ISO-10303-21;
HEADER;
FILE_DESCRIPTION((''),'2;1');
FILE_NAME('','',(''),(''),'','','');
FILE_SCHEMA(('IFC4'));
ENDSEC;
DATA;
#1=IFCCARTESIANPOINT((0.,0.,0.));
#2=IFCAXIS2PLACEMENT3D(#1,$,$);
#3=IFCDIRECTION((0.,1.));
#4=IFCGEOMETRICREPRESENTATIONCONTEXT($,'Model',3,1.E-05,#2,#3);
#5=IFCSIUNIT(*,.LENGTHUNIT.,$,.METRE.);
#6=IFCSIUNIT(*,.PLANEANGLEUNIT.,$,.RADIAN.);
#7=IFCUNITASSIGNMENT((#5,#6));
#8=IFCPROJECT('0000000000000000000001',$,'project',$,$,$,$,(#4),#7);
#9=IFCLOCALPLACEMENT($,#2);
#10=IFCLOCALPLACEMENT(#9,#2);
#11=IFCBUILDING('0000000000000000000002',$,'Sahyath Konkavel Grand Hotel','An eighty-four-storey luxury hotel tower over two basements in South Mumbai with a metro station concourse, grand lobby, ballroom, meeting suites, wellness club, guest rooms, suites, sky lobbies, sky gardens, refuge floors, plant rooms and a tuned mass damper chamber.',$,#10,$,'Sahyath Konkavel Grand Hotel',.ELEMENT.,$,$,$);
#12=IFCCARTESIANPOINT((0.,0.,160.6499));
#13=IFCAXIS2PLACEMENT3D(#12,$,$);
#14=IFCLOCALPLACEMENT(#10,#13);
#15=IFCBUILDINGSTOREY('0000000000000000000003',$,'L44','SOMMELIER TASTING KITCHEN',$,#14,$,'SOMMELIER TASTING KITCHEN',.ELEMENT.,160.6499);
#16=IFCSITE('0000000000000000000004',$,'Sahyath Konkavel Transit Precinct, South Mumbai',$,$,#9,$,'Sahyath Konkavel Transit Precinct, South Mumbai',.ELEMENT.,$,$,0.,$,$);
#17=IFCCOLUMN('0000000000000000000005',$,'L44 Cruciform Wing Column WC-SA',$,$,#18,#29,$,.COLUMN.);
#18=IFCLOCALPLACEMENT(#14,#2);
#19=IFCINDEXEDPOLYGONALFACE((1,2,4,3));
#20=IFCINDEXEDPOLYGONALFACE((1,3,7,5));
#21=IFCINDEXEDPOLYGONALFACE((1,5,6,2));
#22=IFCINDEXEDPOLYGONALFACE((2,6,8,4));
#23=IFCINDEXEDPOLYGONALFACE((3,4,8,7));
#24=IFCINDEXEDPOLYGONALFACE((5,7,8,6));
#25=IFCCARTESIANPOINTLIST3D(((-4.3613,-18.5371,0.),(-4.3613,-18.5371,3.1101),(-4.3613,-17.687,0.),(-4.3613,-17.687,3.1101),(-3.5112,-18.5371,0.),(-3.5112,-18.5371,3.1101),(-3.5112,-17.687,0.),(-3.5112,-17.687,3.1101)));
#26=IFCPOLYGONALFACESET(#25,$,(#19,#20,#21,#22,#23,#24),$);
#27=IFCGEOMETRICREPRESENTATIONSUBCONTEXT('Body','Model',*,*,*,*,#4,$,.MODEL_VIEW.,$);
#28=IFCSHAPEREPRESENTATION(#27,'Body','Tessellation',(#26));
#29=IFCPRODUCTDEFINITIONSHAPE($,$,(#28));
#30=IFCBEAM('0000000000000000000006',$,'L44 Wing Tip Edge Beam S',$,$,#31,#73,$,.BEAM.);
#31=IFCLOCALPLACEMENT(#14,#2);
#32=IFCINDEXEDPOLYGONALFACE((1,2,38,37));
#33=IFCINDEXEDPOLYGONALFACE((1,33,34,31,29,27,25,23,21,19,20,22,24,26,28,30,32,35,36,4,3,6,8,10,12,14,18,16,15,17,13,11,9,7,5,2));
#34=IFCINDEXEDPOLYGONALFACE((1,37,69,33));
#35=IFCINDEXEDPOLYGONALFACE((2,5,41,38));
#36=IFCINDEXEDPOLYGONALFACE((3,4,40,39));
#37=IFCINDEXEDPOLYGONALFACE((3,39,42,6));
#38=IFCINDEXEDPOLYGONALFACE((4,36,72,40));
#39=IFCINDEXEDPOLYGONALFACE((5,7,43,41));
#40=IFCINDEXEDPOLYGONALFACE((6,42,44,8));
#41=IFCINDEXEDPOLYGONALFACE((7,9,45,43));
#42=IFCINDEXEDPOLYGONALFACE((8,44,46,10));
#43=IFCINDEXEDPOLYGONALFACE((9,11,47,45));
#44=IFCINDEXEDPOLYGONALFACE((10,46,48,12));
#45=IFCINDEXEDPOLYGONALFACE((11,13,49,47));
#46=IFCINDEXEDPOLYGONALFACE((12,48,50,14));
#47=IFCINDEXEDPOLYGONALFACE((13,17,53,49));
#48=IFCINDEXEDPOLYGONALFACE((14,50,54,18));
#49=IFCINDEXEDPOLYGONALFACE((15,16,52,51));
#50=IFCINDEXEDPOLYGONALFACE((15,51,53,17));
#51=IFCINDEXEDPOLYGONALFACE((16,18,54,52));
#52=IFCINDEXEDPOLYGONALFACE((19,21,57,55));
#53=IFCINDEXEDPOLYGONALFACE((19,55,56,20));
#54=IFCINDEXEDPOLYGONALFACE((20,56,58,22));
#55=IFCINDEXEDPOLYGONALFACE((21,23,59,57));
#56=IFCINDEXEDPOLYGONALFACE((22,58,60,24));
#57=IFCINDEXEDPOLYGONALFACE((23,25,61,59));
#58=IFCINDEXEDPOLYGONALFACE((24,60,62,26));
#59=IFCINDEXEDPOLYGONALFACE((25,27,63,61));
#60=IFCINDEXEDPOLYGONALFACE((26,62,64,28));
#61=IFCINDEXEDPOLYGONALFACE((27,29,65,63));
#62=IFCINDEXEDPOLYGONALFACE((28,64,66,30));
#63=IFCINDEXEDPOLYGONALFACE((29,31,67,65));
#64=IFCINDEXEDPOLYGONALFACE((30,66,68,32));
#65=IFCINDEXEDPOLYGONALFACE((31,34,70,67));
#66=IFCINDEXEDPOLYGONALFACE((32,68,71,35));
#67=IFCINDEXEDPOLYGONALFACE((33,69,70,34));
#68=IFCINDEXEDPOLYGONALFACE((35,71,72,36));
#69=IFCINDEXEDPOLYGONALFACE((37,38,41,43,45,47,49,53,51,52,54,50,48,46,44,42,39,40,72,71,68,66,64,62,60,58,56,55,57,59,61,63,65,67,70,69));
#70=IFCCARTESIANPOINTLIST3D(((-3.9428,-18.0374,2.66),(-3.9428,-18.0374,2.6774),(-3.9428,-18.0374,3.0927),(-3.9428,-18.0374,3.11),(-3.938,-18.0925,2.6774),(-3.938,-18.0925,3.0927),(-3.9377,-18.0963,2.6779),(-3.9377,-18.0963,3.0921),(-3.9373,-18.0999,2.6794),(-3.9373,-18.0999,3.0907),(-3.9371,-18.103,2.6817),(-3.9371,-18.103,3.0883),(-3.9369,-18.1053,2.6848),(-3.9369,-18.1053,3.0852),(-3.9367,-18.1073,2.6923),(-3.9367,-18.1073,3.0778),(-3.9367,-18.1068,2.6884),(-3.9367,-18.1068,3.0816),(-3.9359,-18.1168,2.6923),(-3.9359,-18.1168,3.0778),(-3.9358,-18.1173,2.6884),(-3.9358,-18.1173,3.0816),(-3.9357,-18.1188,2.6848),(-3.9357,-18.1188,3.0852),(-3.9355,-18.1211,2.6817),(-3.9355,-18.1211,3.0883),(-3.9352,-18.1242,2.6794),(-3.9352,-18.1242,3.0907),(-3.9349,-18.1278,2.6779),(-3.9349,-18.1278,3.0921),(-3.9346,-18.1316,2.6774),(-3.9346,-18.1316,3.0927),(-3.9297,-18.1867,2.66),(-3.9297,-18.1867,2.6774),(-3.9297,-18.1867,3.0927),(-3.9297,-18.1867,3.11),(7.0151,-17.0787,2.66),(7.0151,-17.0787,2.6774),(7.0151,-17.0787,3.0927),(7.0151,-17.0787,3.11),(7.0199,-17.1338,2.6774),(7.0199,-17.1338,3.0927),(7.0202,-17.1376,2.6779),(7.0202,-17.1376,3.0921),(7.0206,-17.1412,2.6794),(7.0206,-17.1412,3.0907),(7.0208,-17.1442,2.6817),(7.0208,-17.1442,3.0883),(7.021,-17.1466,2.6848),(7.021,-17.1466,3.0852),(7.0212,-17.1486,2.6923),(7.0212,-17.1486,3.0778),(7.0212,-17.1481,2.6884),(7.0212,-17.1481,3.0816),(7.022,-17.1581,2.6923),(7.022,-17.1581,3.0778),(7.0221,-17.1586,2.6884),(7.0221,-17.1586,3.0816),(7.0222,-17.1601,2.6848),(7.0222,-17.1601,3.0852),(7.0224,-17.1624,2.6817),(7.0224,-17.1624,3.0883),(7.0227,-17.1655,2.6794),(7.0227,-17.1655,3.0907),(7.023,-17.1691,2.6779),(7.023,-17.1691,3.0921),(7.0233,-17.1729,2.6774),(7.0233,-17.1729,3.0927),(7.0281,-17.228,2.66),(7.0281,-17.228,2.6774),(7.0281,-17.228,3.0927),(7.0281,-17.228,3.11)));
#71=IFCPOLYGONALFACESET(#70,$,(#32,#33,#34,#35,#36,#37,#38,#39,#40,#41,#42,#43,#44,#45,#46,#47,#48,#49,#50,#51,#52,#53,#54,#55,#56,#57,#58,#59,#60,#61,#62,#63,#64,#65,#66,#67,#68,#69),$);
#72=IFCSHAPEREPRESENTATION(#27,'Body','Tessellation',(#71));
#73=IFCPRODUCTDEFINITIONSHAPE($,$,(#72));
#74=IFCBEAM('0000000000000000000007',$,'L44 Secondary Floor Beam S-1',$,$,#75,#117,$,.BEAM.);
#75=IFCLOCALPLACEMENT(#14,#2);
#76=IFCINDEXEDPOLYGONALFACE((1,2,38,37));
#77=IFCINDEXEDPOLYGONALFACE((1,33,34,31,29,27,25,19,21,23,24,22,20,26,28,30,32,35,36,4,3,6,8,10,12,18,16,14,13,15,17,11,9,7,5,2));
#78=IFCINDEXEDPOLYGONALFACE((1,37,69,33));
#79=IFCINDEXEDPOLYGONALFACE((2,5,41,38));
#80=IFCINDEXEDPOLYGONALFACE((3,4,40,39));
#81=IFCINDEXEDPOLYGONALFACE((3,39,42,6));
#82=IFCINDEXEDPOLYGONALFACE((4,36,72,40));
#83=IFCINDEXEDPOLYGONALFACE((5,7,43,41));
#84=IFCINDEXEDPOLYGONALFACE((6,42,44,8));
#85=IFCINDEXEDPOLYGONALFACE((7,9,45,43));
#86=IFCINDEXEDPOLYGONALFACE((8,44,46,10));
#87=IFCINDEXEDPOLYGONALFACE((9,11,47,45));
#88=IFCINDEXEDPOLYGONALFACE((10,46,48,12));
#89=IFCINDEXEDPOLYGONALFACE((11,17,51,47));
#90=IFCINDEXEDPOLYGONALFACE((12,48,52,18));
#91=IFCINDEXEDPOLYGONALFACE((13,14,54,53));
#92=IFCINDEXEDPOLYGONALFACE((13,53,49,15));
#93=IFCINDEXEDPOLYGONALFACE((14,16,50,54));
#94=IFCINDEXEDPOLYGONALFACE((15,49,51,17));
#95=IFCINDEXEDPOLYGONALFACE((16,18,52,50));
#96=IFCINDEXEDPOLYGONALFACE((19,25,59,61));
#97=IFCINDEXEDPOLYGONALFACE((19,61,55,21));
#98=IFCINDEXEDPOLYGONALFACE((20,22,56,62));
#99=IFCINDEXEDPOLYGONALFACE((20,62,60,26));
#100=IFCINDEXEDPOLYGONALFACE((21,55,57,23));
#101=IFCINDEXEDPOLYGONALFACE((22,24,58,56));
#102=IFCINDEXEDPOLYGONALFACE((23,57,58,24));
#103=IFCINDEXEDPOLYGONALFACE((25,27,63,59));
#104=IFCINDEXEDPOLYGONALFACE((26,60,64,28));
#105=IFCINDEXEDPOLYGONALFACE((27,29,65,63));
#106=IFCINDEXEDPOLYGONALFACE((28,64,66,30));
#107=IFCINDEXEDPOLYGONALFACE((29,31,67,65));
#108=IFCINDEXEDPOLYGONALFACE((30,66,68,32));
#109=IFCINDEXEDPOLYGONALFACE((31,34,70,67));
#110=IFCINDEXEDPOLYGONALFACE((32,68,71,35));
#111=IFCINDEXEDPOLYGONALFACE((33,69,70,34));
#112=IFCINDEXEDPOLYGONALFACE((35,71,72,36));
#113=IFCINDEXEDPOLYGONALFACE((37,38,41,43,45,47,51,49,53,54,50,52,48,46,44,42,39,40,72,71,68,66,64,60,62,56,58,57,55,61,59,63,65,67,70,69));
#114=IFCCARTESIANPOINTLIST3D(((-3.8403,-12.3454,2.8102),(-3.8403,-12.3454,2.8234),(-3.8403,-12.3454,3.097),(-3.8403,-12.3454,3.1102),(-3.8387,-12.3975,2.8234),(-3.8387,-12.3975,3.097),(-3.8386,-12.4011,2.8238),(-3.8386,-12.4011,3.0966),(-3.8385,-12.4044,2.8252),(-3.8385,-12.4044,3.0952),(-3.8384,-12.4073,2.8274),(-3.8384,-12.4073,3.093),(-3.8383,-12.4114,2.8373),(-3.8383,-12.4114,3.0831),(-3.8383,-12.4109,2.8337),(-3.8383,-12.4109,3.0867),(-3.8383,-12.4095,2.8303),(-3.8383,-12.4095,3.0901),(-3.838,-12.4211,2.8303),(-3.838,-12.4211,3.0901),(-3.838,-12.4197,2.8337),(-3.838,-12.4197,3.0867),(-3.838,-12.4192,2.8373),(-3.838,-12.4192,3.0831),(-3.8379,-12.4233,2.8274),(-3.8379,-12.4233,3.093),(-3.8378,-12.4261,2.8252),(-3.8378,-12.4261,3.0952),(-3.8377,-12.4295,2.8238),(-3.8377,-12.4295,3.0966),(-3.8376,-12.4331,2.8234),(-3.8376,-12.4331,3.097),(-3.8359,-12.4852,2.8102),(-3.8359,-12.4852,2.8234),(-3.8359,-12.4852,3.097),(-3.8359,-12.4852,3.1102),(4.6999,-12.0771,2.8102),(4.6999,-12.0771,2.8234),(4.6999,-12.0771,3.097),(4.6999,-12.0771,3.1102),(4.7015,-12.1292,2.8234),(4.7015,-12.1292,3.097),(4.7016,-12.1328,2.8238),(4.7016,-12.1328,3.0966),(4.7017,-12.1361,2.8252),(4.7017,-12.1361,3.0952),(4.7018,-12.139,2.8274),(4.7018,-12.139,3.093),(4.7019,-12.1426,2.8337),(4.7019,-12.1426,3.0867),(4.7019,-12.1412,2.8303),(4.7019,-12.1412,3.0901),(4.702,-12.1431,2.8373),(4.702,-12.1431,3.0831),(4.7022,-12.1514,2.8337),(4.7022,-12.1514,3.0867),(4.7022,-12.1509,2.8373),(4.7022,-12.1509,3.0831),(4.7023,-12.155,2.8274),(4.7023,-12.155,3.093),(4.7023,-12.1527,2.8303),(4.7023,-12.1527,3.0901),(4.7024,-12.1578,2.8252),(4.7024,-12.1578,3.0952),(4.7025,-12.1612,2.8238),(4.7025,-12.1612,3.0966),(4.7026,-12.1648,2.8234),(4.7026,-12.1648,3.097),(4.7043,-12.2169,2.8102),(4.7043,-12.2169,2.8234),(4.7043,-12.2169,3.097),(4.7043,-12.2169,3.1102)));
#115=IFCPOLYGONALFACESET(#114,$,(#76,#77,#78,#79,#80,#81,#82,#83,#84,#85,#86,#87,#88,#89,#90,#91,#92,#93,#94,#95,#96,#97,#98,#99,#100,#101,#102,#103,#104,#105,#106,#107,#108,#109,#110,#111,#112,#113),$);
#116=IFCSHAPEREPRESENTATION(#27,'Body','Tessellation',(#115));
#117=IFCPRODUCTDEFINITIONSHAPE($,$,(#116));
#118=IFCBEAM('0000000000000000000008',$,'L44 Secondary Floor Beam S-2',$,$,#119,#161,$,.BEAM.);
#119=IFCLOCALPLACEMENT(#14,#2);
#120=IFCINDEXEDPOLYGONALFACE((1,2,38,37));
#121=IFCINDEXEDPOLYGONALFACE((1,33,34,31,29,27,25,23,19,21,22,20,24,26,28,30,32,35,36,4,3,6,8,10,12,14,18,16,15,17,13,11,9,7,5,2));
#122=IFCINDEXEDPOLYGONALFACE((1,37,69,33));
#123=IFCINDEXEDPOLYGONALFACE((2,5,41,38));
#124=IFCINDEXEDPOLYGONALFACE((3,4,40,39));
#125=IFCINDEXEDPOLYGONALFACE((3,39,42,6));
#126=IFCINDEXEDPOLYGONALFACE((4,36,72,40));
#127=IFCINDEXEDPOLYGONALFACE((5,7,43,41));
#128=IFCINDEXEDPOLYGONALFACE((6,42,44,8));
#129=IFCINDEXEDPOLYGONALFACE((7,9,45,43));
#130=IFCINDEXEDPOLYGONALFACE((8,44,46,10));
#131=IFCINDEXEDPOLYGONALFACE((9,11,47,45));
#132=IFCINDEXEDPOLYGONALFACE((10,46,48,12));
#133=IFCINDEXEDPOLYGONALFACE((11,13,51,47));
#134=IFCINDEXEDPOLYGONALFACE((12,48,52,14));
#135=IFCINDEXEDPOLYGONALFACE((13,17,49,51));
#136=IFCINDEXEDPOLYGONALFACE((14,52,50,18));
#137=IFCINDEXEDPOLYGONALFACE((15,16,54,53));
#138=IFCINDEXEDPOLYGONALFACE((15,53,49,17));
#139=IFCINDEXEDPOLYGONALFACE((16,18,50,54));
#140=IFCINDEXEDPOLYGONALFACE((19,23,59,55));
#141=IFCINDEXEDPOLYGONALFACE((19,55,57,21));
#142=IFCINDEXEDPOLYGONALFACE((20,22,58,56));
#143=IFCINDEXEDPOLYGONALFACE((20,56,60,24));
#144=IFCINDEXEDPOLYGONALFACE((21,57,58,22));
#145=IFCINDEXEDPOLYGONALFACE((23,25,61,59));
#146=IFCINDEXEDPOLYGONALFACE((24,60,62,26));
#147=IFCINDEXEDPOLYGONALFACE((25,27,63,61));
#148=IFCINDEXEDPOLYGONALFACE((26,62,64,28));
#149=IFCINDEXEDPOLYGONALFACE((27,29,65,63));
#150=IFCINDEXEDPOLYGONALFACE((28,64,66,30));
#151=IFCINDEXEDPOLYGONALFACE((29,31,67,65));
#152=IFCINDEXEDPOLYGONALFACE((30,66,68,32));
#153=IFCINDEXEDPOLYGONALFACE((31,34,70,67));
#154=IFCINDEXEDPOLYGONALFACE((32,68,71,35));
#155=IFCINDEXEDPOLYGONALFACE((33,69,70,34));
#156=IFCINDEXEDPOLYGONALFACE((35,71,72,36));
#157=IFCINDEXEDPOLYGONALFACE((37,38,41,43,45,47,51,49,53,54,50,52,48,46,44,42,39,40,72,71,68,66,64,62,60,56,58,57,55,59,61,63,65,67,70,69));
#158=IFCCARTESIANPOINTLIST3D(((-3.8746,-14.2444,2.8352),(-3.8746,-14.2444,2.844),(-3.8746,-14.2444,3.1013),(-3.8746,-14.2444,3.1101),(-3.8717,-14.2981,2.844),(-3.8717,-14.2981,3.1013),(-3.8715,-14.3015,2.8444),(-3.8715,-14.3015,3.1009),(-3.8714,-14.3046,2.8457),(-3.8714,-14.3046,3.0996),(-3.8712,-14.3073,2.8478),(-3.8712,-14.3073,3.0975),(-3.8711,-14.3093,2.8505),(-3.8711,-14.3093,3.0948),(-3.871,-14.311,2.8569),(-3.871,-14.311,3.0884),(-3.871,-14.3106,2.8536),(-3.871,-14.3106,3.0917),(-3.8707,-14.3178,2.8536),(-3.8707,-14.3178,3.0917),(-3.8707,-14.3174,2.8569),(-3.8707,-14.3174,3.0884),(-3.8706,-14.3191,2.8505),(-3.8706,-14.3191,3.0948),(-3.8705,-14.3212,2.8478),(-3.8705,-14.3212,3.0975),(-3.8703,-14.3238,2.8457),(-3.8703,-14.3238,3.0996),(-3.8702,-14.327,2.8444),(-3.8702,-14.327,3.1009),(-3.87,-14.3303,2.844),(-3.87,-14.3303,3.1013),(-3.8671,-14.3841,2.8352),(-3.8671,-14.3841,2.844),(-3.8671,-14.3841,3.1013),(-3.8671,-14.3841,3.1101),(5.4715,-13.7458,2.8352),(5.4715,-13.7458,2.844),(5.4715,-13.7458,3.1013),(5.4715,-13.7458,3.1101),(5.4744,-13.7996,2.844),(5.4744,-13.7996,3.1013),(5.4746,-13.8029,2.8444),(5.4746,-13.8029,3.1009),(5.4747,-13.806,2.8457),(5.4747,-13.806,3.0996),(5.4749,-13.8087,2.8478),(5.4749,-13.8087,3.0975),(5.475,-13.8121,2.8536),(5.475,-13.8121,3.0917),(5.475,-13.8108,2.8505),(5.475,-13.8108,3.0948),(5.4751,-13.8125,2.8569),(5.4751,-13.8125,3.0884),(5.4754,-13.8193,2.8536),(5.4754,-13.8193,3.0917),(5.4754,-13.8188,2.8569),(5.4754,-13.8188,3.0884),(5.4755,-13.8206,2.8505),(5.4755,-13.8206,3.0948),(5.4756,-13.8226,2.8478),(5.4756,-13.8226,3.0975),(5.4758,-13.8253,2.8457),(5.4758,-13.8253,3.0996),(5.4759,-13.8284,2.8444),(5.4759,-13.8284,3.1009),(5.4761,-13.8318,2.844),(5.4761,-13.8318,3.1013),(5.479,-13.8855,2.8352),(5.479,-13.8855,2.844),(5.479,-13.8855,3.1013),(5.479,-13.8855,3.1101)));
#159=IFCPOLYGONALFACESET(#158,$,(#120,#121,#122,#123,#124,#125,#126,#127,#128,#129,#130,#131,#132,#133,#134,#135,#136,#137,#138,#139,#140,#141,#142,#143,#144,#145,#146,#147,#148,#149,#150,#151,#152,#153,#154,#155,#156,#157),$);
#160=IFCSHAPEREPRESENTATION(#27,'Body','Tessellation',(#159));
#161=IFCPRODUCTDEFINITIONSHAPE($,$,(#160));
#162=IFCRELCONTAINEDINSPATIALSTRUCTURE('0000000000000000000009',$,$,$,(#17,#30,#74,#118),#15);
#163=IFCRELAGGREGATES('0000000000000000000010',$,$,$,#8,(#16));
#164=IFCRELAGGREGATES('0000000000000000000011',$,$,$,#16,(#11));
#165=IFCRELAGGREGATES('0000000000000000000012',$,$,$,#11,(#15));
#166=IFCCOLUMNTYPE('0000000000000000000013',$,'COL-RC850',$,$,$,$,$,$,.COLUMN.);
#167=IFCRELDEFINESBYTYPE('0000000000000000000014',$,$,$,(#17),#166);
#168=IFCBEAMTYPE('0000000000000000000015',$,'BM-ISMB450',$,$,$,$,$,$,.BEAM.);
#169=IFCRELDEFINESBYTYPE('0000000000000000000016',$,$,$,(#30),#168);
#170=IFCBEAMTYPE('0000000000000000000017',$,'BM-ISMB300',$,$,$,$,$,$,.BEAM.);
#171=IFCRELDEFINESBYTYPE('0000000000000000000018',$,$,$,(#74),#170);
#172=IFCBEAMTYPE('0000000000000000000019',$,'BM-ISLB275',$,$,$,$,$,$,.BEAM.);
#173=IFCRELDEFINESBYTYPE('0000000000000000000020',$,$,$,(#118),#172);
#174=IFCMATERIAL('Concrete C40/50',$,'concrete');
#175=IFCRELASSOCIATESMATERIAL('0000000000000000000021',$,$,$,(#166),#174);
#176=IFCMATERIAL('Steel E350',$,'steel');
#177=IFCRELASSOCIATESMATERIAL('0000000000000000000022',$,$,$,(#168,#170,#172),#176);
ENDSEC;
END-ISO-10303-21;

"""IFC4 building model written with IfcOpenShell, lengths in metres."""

from ifc_helpers import new_model, si_unit, direction, frame, origin, origin_2d, place, context, subcontext, project, spatial, rectangle, i_section, extrude, source, transform, mapped, material, material_profile, profile_set, type_object, element, save


model = new_model("IFC4")

# Units and contexts
model_context = context("Model", 3, precision=1e-05, world=origin(), true_north=direction((0.0, 1.0)))
body_context = subcontext(model_context, "Body", "Model", "MODEL_VIEW")
ifc_project = project(units=[si_unit("LENGTHUNIT", "METRE"), si_unit("PLANEANGLEUNIT", "RADIAN")], contexts=[model_context])

# Site, building, storey
site_placement = place(None, origin())
site = spatial("IfcSite", under=ifc_project, at=site_placement, Name="Sahyath Konkavel Transit Precinct, South Mumbai", LongName="Sahyath Konkavel Transit Precinct, South Mumbai", CompositionType="ELEMENT", RefElevation=0.0)
building_placement = place(site_placement, origin())
building = spatial("IfcBuilding", under=site, at=building_placement, Name="Sahyath Konkavel Grand Hotel", Description="An eighty-four-storey luxury hotel tower over two basements in South Mumbai with a metro station concourse, grand lobby, ballroom, meeting suites, wellness club, guest rooms, suites, sky lobbies, sky gardens, refuge floors, plant rooms and a tuned mass damper chamber.", LongName="Sahyath Konkavel Grand Hotel", CompositionType="ELEMENT")
storey_placement = place(building_placement, frame((0.0, 0.0, 160.6499)))
storey = spatial("IfcBuildingStorey", under=building, at=storey_placement, Name="L44", Description="SOMMELIER TASTING KITCHEN", LongName="SOMMELIER TASTING KITCHEN", CompositionType="ELEMENT", Elevation=160.6499)

# Column
ifc_material_1 = material(Name="Concrete C40/50", Category="concrete")
ifc_material_profile_1 = material_profile(ifc_material_1, rectangle(XDim=0.8501, YDim=0.8501, at=origin_2d()), Name="RC 850x850")
ifc_profile_set_1 = profile_set([ifc_material_profile_1], Name="Concrete C40/50")
column_type = type_object("IfcColumnType", Name="COL-RC850", PredefinedType="COLUMN", material=ifc_profile_set_1)
shared_shape_1 = source(origin(), body_context, "Body", "SweptSolid", [
    extrude(rectangle(XDim=0.8501, YDim=0.8501, at=origin_2d()), origin(), (0.0, 0.0, 1.0), 3.1101),
])
column_placement = place(storey_placement, frame((-3.9363, -18.1121, 0.0), z_axis=(0.0, 0.0, 1.0), x_axis=(1.0, 0.0, 0.0)))
element("IfcColumn", 1, at=column_placement, inside=storey, type_object=column_type, Name="L44 Cruciform Wing Column WC-SA", PredefinedType="COLUMN", context=body_context, shape_type="MappedRepresentation", body=[
    mapped(shared_shape_1, transform((0.0, 0.0, 0.0), scale=1.0)),
])

# Beams
ifc_material_2 = material(Name="Steel E350", Category="steel")
ifc_material_profile_2 = material_profile(ifc_material_2, i_section(OverallWidth=0.1499, OverallDepth=0.45, WebThickness=0.0095, FlangeThickness=0.0173, FilletRadius=0.0149, at=origin_2d()), Name="ISMB 450")
ifc_profile_set_2 = profile_set([ifc_material_profile_2], Name="Steel E350")
beam_type_1 = type_object("IfcBeamType", Name="BM-ISMB450", PredefinedType="BEAM", material=ifc_profile_set_2)
shared_shape_2 = source(origin(), body_context, "Body", "SweptSolid", [
    extrude(i_section(OverallWidth=0.1499, OverallDepth=0.45, WebThickness=0.0095, FlangeThickness=0.0173, FilletRadius=0.0149, at=origin_2d()), origin(), (0.0, 0.0, 1.0), 10.9998),
])
beam_1_placement = place(storey_placement, frame((-3.9363, -18.1121, 2.885), z_axis=(0.996194, 0.087159, 0.0), x_axis=(-0.087159, 0.996194, 0.0)))
element("IfcBeam", 2, at=beam_1_placement, inside=storey, type_object=beam_type_1, Name="L44 Wing Tip Edge Beam S", PredefinedType="BEAM", context=body_context, shape_type="MappedRepresentation", body=[
    mapped(shared_shape_2, transform((0.0, 0.0, 0.0), scale=1.0)),
])
ifc_material_profile_3 = material_profile(ifc_material_2, i_section(OverallWidth=0.1399, OverallDepth=0.3, WebThickness=0.0078, FlangeThickness=0.0132, FilletRadius=0.0139, at=origin_2d()), Name="ISMB 300")
ifc_profile_set_3 = profile_set([ifc_material_profile_3], Name="Steel E350")
beam_type_2 = type_object("IfcBeamType", Name="BM-ISMB300", PredefinedType="BEAM", material=ifc_profile_set_3)
shared_shape_3 = source(origin(), body_context, "Body", "SweptSolid", [
    extrude(i_section(OverallWidth=0.1399, OverallDepth=0.3, WebThickness=0.0078, FlangeThickness=0.0132, FilletRadius=0.0139, at=origin_2d()), origin(), (0.0, 0.0, 1.0), 8.5444),
])
beam_2_placement = place(storey_placement, frame((-3.8381, -12.4153, 2.9602), z_axis=(0.999507, 0.031402, 0.0), x_axis=(-0.031402, 0.999507, 0.0)))
element("IfcBeam", 3, at=beam_2_placement, inside=storey, type_object=beam_type_2, Name="L44 Secondary Floor Beam S-1", PredefinedType="BEAM", context=body_context, shape_type="MappedRepresentation", body=[
    mapped(shared_shape_3, transform((0.0, 0.0, 0.0), scale=1.0)),
])
ifc_material_profile_4 = material_profile(ifc_material_2, i_section(OverallWidth=0.1399, OverallDepth=0.2749, WebThickness=0.0063, FlangeThickness=0.0088, FilletRadius=0.0129, at=origin_2d()), Name="ISLB 275")
ifc_profile_set_4 = profile_set([ifc_material_profile_4], Name="Steel E350")
beam_type_3 = type_object("IfcBeamType", Name="BM-ISLB275", PredefinedType="BEAM", material=ifc_profile_set_4)
shared_shape_4 = source(origin(), body_context, "Body", "SweptSolid", [
    extrude(i_section(OverallWidth=0.1399, OverallDepth=0.2749, WebThickness=0.0063, FlangeThickness=0.0088, FilletRadius=0.0129, at=origin_2d()), origin(), (0.0, 0.0, 1.0), 9.3594),
])
beam_3_placement = place(storey_placement, frame((-3.8708, -14.3142, 2.9727), z_axis=(0.99858, 0.053265, 0.0), x_axis=(-0.053265, 0.99858, 0.0)))
element("IfcBeam", 4, at=beam_3_placement, inside=storey, type_object=beam_type_3, Name="L44 Secondary Floor Beam S-2", PredefinedType="BEAM", context=body_context, shape_type="MappedRepresentation", body=[
    mapped(shared_shape_4, transform((0.0, 0.0, 0.0), scale=1.0)),
])

save(model, "model.ifc")
